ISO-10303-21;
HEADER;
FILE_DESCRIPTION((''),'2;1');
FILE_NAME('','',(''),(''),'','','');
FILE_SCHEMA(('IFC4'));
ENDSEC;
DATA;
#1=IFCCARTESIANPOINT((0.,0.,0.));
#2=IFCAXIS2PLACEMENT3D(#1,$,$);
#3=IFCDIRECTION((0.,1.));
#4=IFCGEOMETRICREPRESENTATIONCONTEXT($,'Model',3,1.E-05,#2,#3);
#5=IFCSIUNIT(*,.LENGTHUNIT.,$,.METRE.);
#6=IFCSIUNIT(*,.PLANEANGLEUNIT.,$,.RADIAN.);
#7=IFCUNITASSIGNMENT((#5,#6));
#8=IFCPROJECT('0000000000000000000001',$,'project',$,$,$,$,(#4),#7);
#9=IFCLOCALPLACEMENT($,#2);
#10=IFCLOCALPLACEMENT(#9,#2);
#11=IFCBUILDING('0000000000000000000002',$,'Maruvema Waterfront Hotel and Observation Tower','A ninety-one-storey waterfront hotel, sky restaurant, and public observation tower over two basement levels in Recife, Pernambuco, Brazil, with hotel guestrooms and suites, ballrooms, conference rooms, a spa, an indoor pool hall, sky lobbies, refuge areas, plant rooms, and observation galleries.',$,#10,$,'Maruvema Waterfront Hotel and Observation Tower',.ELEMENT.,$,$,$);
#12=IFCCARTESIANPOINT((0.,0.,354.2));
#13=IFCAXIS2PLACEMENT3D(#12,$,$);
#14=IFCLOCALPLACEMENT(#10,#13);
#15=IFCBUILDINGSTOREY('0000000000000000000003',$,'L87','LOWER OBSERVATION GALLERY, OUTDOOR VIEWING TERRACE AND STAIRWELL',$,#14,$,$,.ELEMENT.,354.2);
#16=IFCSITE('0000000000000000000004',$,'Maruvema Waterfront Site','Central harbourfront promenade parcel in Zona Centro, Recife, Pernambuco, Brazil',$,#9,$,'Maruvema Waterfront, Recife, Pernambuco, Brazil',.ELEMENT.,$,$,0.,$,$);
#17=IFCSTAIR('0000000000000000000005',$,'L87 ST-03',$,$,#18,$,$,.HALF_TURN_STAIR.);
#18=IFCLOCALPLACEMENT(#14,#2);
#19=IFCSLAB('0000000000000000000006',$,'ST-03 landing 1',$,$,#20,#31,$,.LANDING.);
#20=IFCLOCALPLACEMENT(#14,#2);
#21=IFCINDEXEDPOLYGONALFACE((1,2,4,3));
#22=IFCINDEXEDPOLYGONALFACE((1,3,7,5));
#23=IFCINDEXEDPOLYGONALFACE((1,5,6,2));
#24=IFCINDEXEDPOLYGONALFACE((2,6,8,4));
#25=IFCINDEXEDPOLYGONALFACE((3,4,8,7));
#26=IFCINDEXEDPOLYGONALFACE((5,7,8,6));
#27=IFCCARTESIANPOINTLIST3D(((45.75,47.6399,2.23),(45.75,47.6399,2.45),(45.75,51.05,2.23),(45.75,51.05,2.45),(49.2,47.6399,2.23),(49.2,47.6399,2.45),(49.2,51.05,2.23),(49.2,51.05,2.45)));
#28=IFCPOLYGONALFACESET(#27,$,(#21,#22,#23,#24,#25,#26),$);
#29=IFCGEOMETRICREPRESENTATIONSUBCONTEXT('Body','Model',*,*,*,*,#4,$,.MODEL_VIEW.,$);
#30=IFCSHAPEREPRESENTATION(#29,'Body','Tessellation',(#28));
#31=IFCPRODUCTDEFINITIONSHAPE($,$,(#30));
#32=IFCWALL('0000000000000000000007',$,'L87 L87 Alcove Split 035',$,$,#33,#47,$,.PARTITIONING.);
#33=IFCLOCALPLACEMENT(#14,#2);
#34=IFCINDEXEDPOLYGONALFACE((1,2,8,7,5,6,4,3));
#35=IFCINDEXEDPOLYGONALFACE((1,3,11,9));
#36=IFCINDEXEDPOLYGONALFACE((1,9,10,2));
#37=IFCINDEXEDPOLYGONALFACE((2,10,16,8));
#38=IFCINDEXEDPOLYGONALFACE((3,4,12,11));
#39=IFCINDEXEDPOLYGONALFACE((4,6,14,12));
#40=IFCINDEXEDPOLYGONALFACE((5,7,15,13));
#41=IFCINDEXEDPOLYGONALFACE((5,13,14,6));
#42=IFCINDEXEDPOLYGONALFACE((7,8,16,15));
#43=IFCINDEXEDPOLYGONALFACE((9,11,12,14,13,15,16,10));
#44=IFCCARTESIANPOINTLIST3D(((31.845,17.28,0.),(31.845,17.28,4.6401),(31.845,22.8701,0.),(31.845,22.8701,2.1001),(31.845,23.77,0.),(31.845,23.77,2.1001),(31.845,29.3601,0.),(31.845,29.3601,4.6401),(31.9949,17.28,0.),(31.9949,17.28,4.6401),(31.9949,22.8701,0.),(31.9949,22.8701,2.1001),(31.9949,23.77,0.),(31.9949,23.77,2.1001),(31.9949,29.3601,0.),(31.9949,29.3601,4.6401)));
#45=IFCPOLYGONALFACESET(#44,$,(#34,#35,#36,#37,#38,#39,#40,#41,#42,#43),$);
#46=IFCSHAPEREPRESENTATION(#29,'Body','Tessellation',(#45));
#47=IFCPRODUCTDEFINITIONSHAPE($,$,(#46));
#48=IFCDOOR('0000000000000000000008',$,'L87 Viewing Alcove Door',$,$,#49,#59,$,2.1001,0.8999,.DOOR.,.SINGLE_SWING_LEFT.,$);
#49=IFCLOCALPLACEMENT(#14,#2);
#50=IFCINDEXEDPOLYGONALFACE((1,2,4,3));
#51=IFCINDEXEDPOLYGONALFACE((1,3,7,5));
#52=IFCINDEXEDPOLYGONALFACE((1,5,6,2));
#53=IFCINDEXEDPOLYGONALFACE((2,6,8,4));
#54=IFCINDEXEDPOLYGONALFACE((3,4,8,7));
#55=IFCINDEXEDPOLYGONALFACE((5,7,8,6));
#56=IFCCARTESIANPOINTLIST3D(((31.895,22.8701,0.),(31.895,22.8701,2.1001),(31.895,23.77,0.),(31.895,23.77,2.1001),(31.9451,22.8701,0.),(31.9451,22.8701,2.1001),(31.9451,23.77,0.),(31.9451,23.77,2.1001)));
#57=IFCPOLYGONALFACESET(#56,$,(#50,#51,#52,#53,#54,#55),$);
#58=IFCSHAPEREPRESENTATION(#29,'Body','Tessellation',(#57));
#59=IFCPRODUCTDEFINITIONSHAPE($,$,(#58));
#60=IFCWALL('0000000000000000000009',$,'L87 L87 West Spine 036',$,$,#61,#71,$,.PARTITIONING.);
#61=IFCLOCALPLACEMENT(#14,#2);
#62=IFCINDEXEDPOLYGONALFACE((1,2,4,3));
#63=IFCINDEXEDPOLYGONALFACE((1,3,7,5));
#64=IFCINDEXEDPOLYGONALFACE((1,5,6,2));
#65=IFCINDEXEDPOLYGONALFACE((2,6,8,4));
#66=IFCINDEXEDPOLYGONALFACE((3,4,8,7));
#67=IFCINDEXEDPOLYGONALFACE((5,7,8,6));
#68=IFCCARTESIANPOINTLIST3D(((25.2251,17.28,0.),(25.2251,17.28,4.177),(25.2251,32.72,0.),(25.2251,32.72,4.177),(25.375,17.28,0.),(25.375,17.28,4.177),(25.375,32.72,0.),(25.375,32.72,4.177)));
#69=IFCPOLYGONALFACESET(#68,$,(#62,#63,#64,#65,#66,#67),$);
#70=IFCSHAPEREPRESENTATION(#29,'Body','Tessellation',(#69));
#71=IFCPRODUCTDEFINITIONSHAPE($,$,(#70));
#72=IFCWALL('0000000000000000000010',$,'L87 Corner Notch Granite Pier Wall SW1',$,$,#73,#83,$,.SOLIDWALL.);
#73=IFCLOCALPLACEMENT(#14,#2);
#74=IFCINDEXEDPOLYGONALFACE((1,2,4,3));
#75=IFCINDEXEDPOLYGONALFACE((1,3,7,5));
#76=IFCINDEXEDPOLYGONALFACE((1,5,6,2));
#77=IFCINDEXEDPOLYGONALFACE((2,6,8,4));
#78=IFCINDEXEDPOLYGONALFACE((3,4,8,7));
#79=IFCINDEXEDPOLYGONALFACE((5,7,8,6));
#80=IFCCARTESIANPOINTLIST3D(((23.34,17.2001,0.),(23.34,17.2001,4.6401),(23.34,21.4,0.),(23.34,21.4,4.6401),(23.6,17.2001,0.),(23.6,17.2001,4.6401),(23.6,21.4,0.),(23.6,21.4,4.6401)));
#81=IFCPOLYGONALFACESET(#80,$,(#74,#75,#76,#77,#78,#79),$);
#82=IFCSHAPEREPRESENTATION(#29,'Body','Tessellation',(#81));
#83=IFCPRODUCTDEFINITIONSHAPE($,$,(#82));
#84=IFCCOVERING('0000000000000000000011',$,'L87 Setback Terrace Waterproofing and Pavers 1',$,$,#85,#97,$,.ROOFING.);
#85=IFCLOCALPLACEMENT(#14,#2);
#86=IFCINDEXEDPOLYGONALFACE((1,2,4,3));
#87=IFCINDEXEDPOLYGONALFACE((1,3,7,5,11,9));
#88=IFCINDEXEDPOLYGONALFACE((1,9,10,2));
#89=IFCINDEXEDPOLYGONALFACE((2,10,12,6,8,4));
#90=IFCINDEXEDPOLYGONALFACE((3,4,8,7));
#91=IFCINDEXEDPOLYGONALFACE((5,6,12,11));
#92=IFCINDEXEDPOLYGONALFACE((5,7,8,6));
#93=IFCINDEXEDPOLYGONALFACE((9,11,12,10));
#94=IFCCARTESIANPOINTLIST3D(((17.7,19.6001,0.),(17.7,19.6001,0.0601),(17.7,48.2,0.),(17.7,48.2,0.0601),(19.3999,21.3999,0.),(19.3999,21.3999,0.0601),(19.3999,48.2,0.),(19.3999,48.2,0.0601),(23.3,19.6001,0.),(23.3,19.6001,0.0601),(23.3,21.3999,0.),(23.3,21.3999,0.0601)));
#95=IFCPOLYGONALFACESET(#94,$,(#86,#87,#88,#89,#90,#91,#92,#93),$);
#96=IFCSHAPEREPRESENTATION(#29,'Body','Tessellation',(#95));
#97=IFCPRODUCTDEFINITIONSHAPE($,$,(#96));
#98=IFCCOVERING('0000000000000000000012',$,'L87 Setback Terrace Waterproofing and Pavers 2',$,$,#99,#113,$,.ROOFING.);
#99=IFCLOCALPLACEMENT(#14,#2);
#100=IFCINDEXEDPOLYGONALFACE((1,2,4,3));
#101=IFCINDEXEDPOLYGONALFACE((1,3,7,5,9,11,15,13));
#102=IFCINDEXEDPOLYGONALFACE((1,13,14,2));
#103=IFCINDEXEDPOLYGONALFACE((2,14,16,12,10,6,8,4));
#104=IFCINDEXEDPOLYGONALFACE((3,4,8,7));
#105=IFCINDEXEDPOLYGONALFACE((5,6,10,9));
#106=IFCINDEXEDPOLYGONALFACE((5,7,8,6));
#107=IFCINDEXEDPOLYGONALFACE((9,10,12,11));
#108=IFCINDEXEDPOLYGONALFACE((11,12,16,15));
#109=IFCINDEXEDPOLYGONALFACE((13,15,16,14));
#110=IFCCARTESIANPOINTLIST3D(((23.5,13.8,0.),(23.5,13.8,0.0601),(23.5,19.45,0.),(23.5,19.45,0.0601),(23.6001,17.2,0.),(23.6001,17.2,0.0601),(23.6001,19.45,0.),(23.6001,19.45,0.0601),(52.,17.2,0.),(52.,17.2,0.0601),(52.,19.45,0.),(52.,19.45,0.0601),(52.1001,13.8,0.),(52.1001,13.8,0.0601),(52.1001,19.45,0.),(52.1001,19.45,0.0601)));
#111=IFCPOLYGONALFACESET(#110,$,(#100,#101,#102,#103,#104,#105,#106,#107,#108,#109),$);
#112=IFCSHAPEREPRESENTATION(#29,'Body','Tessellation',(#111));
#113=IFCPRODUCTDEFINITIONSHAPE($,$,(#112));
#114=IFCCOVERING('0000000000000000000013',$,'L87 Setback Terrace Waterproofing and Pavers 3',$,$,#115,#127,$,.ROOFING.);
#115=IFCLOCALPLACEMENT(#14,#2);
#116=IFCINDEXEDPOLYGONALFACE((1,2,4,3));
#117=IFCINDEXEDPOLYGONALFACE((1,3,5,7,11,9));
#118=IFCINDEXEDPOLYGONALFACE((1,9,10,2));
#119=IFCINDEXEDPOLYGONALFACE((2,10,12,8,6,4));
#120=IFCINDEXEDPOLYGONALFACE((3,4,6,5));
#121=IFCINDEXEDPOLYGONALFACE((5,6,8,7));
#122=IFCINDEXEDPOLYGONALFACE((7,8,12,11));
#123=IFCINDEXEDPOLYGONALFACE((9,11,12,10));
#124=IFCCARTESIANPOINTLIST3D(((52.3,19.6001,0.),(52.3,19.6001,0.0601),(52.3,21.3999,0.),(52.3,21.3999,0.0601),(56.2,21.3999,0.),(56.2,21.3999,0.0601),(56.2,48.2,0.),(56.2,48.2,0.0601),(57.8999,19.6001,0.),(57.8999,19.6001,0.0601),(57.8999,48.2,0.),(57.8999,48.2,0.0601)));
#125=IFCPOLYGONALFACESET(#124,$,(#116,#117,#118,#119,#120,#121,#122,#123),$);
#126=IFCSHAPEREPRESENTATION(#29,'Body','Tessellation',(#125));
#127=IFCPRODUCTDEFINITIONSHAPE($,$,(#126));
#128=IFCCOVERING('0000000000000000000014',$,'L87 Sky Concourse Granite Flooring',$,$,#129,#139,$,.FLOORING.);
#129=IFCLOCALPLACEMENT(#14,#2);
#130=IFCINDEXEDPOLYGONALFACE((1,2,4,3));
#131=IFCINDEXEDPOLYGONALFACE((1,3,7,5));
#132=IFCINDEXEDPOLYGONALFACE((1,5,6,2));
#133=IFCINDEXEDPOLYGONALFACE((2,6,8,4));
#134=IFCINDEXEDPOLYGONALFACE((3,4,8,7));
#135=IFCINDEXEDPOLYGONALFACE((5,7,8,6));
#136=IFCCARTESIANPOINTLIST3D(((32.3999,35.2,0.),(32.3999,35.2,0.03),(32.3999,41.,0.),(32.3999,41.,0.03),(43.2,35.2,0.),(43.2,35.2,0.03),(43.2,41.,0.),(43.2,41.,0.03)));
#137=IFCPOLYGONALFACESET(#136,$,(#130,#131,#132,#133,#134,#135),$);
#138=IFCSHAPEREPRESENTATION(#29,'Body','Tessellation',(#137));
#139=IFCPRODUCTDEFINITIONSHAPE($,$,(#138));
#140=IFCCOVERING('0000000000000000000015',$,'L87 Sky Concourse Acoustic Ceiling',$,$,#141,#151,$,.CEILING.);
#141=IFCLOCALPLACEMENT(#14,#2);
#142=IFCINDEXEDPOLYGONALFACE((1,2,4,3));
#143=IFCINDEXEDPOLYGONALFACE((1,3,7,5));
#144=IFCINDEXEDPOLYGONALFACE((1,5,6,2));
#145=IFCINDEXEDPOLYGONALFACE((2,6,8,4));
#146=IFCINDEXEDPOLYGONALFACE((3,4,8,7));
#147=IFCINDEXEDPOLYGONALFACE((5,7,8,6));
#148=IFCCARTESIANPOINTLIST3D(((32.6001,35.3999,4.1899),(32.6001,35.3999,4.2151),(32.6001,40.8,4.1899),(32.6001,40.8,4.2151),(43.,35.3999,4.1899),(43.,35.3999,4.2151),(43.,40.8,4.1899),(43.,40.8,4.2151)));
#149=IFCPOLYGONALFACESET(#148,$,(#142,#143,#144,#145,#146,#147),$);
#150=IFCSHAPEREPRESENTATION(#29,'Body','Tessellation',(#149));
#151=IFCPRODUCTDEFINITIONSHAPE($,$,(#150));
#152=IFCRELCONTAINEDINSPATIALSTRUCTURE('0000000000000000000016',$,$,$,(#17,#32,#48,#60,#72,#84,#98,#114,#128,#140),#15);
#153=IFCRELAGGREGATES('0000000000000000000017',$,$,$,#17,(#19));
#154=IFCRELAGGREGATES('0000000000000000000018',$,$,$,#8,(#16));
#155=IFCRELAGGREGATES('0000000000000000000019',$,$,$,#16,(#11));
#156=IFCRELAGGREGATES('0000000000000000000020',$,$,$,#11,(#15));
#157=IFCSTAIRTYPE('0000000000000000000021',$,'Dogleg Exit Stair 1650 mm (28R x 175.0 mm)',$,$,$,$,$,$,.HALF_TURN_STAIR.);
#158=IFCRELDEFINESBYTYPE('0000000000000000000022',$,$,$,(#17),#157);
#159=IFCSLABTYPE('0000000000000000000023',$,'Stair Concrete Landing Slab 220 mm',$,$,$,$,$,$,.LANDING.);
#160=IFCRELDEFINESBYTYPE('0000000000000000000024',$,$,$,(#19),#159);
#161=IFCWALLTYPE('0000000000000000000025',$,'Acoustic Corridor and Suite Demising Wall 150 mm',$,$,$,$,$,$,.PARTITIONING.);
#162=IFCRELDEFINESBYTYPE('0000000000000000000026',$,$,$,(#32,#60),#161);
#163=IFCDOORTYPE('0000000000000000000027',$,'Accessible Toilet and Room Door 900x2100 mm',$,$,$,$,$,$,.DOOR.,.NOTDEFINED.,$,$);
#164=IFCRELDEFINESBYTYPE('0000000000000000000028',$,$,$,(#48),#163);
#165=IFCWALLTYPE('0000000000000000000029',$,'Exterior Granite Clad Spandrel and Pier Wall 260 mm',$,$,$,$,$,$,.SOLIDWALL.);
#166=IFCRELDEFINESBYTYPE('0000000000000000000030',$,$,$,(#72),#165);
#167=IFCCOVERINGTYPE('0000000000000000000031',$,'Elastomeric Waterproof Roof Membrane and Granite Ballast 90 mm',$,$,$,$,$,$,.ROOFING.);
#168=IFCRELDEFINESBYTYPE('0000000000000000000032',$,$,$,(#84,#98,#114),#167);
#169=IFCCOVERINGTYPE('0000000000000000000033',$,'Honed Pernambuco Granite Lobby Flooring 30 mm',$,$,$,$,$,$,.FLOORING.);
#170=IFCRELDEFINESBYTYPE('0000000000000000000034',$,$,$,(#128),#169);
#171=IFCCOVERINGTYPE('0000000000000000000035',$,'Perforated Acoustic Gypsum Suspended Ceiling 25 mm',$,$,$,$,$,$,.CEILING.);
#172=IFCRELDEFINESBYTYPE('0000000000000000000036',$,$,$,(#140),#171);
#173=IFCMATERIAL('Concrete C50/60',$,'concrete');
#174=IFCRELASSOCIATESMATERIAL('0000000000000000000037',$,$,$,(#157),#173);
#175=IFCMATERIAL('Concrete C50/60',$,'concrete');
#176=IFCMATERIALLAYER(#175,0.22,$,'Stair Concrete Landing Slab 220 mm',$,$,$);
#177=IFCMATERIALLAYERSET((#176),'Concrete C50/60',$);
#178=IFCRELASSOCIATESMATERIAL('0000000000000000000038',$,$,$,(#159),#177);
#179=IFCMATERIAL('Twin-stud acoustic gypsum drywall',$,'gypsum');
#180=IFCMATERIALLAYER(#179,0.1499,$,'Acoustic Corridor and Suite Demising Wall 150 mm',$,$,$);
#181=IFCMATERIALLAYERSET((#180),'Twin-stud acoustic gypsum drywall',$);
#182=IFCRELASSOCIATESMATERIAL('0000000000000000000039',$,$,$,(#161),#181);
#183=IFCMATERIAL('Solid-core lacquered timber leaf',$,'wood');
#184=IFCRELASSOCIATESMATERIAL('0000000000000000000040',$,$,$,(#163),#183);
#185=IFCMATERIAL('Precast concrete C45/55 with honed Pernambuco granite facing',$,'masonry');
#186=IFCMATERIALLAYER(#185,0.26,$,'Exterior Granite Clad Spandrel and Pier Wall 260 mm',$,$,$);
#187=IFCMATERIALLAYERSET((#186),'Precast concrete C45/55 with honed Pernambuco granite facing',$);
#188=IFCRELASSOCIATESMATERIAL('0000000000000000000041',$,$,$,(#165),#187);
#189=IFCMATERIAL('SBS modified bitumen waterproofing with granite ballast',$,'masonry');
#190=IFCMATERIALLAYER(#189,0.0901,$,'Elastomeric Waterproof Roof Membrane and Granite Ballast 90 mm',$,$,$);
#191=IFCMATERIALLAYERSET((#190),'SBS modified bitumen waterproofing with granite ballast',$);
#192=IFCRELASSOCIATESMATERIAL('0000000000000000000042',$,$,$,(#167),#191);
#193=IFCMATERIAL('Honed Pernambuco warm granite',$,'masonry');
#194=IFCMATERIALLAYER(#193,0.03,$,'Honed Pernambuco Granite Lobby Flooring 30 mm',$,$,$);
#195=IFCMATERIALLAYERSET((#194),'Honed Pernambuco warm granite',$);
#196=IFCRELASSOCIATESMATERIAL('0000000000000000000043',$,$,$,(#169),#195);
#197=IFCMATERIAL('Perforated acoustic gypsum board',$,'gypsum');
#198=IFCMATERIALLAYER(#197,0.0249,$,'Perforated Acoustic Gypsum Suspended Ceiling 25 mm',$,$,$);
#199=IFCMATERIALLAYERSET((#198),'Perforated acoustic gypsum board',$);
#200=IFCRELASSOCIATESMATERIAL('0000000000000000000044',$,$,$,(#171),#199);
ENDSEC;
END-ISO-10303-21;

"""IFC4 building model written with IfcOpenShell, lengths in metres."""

from ifc_helpers import new_model, si_unit, direction, frame, frame_2d, origin, place, context, subcontext, project, spatial, polyline, rectangle, outline, extrude, material, layer, layer_set, type_object, element, fill, aggregate, save


model = new_model("IFC4")

# Units and contexts
model_context = context("Model", 3, precision=1e-05, world=origin(), true_north=direction((0.0, 1.0)))
body_context = subcontext(model_context, "Body", "Model", "MODEL_VIEW")
ifc_project = project(units=[si_unit("LENGTHUNIT", "METRE"), si_unit("PLANEANGLEUNIT", "RADIAN")], contexts=[model_context])

# Site, building, storey
site_placement = place(None, origin())
site = spatial("IfcSite", under=ifc_project, at=site_placement, Name="Maruvema Waterfront Site", Description="Central harbourfront promenade parcel in Zona Centro, Recife, Pernambuco, Brazil", LongName="Maruvema Waterfront, Recife, Pernambuco, Brazil", CompositionType="ELEMENT", RefElevation=0.0)
building_placement = place(site_placement, origin())
building = spatial("IfcBuilding", under=site, at=building_placement, Name="Maruvema Waterfront Hotel and Observation Tower", Description="A ninety-one-storey waterfront hotel, sky restaurant, and public observation tower over two basement levels in Recife, Pernambuco, Brazil, with hotel guestrooms and suites, ballrooms, conference rooms, a spa, an indoor pool hall, sky lobbies, refuge areas, plant rooms, and observation galleries.", LongName="Maruvema Waterfront Hotel and Observation Tower", CompositionType="ELEMENT")
storey_placement = place(building_placement, frame((0.0, 0.0, 354.2)))
storey = spatial("IfcBuildingStorey", under=building, at=storey_placement, Name="L87", Description="LOWER OBSERVATION GALLERY, OUTDOOR VIEWING TERRACE AND STAIRWELL", CompositionType="ELEMENT", Elevation=354.2)

# Stair, slab
ifc_material_1 = material(Name="Concrete C50/60", Category="concrete")
stair_type = type_object("IfcStairType", Name="Dogleg Exit Stair 1650 mm (28R x 175.0 mm)", PredefinedType="HALF_TURN_STAIR", material=ifc_material_1)
ifc_material_2 = material(Name="Concrete C50/60", Category="concrete")
ifc_layer_1 = layer(ifc_material_2, 0.22, Name="Stair Concrete Landing Slab 220 mm")
ifc_layer_set_1 = layer_set([ifc_layer_1], Name="Concrete C50/60")
slab_type_1 = type_object("IfcSlabType", Name="Stair Concrete Landing Slab 220 mm", PredefinedType="LANDING", material=ifc_layer_set_1)
stair_1_placement = place(storey_placement, origin())
stair_1 = element("IfcStair", 1, at=stair_1_placement, inside=storey, type_object=stair_type, Name="L87 ST-03", PredefinedType="HALF_TURN_STAIR")
slab_1_placement = place(storey_placement, frame((0.0, 0.0, 2.23)))
slab_1 = element("IfcSlab", 2, at=slab_1_placement, type_object=slab_type_1, Name="ST-03 landing 1", PredefinedType="LANDING", context=body_context, shape_type="SweptSolid", body=[
    extrude(outline(polyline([(49.2, 47.6399), (49.2, 51.05), (45.75, 51.05), (45.75, 47.6399), (49.2, 47.6399)])), origin(), (0.0, 0.0, 1.0), 0.22),
])
aggregate(stair_1, [slab_1])

# Wall, opening, door
ifc_material_3 = material(Name="Twin-stud acoustic gypsum drywall", Category="gypsum")
ifc_layer_2 = layer(ifc_material_3, 0.1499, Name="Acoustic Corridor and Suite Demising Wall 150 mm")
ifc_layer_set_2 = layer_set([ifc_layer_2], Name="Twin-stud acoustic gypsum drywall")
wall_type_1 = type_object("IfcWallType", Name="Acoustic Corridor and Suite Demising Wall 150 mm", PredefinedType="PARTITIONING", material=ifc_layer_set_2)
wall_1_placement = place(storey_placement, frame((31.9199, 17.28, 0.0), z_axis=(0.0, 0.0, 1.0), x_axis=(0.0, 1.0, 0.0)))
wall_1 = element("IfcWall", 3, at=wall_1_placement, inside=storey, type_object=wall_type_1, Name="L87 L87 Alcove Split 035", PredefinedType="PARTITIONING", context=body_context, shape_type="SweptSolid", body=[
    extrude(rectangle(XDim=12.0801, YDim=0.1499, at=frame_2d((6.04, 0.0))), origin(), (0.0, 0.0, 1.0), 4.6401),
])
opening_placement = place(wall_1_placement, frame((5.5901, 0.0, 0.0)))
opening = element("IfcOpeningElement", 4, at=opening_placement, cuts=wall_1, PredefinedType="OPENING", context=body_context, shape_type="SweptSolid", body=[
    extrude(rectangle(XDim=0.8999, YDim=2.1001, at=frame_2d((0.45, 1.05))), frame((0.0, 0.085, 0.0), z_axis=(0.0, -1.0, 0.0), x_axis=(1.0, 0.0, 0.0)), (0.0, 0.0, 1.0), 0.1699),
])
ifc_material_4 = material(Name="Solid-core lacquered timber leaf", Category="wood")
door_type = type_object("IfcDoorType", Name="Accessible Toilet and Room Door 900x2100 mm", OperationType="NOTDEFINED", PredefinedType="DOOR", material=ifc_material_4)
door_placement = place(opening_placement, origin())
door = element("IfcDoor", 5, at=door_placement, inside=storey, type_object=door_type, Name="L87 Viewing Alcove Door", OperationType="SINGLE_SWING_LEFT", OverallHeight=2.1001, OverallWidth=0.8999, PredefinedType="DOOR", context=body_context, shape_type="SweptSolid", body=[
    extrude(rectangle(XDim=0.8999, YDim=2.1001, at=frame_2d((0.45, 1.05))), frame((0.0, 0.0249, 0.0), z_axis=(0.0, -1.0, 0.0), x_axis=(1.0, 0.0, 0.0)), (0.0, 0.0, 1.0), 0.05),
])
fill(opening, door)

# Walls
wall_2_placement = place(storey_placement, frame((25.3, 17.28, 0.0), z_axis=(0.0, 0.0, 1.0), x_axis=(0.0, 1.0, 0.0)))
element("IfcWall", 6, at=wall_2_placement, inside=storey, type_object=wall_type_1, Name="L87 L87 West Spine 036", PredefinedType="PARTITIONING", context=body_context, shape_type="SweptSolid", body=[
    extrude(rectangle(XDim=15.4399, YDim=0.1499, at=frame_2d((7.72, 0.0))), origin(), (0.0, 0.0, 1.0), 4.177),
])
ifc_material_5 = material(Name="Precast concrete C45/55 with honed Pernambuco granite facing", Category="masonry")
ifc_layer_3 = layer(ifc_material_5, 0.26, Name="Exterior Granite Clad Spandrel and Pier Wall 260 mm")
ifc_layer_set_3 = layer_set([ifc_layer_3], Name="Precast concrete C45/55 with honed Pernambuco granite facing")
wall_type_2 = type_object("IfcWallType", Name="Exterior Granite Clad Spandrel and Pier Wall 260 mm", PredefinedType="SOLIDWALL", material=ifc_layer_set_3)
wall_3_placement = place(storey_placement, frame((23.47, 17.2, 0.0), z_axis=(0.0, 0.0, 1.0), x_axis=(0.0, 1.0, 0.0)))
element("IfcWall", 7, at=wall_3_placement, inside=storey, type_object=wall_type_2, Name="L87 Corner Notch Granite Pier Wall SW1", PredefinedType="SOLIDWALL", context=body_context, shape_type="SweptSolid", body=[
    extrude(rectangle(XDim=4.2, YDim=0.26, at=frame_2d((2.1001, 0.0))), origin(), (0.0, 0.0, 1.0), 4.6401),
])

# Coverings
ifc_material_6 = material(Name="SBS modified bitumen waterproofing with granite ballast", Category="masonry")
ifc_layer_4 = layer(ifc_material_6, 0.0901, Name="Elastomeric Waterproof Roof Membrane and Granite Ballast 90 mm")
ifc_layer_set_4 = layer_set([ifc_layer_4], Name="SBS modified bitumen waterproofing with granite ballast")
covering_type_1 = type_object("IfcCoveringType", Name="Elastomeric Waterproof Roof Membrane and Granite Ballast 90 mm", PredefinedType="ROOFING", material=ifc_layer_set_4)
covering_1_placement = place(storey_placement, origin())
element("IfcCovering", 8, at=covering_1_placement, inside=storey, type_object=covering_type_1, Name="L87 Setback Terrace Waterproofing and Pavers 1", PredefinedType="ROOFING", context=body_context, shape_type="SweptSolid", body=[
    extrude(outline(polyline([(17.7, 48.2), (19.3999, 48.2), (19.3999, 21.3999), (23.3, 21.3999), (23.3, 19.6001), (17.7, 19.6001), (17.7, 48.2)])), origin(), (0.0, 0.0, 1.0), 0.0601),
])
covering_2_placement = place(storey_placement, origin())
element("IfcCovering", 9, at=covering_2_placement, inside=storey, type_object=covering_type_1, Name="L87 Setback Terrace Waterproofing and Pavers 2", PredefinedType="ROOFING", context=body_context, shape_type="SweptSolid", body=[
    extrude(outline(polyline([(52.1001, 13.8), (23.5, 13.8), (23.5, 19.45), (23.6001, 19.45), (23.6001, 17.2), (52.0, 17.2), (52.0, 19.45), (52.1001, 19.45), (52.1001, 13.8)])), origin(), (0.0, 0.0, 1.0), 0.0601),
])
covering_3_placement = place(storey_placement, origin())
element("IfcCovering", 10, at=covering_3_placement, inside=storey, type_object=covering_type_1, Name="L87 Setback Terrace Waterproofing and Pavers 3", PredefinedType="ROOFING", context=body_context, shape_type="SweptSolid", body=[
    extrude(outline(polyline([(52.3, 19.6001), (52.3, 21.3999), (56.2, 21.3999), (56.2, 48.2), (57.8999, 48.2), (57.8999, 19.6001), (52.3, 19.6001)])), origin(), (0.0, 0.0, 1.0), 0.0601),
])
ifc_material_7 = material(Name="Honed Pernambuco warm granite", Category="masonry")
ifc_layer_5 = layer(ifc_material_7, 0.03, Name="Honed Pernambuco Granite Lobby Flooring 30 mm")
ifc_layer_set_5 = layer_set([ifc_layer_5], Name="Honed Pernambuco warm granite")
covering_type_2 = type_object("IfcCoveringType", Name="Honed Pernambuco Granite Lobby Flooring 30 mm", PredefinedType="FLOORING", material=ifc_layer_set_5)
covering_4_placement = place(storey_placement, origin())
element("IfcCovering", 11, at=covering_4_placement, inside=storey, type_object=covering_type_2, Name="L87 Sky Concourse Granite Flooring", PredefinedType="FLOORING", context=body_context, shape_type="SweptSolid", body=[
    extrude(outline(polyline([(32.3999, 35.2), (43.2, 35.2), (43.2, 41.0), (32.3999, 41.0), (32.3999, 35.2)])), origin(), (0.0, 0.0, 1.0), 0.03),
])
ifc_material_8 = material(Name="Perforated acoustic gypsum board", Category="gypsum")
ifc_layer_6 = layer(ifc_material_8, 0.0249, Name="Perforated Acoustic Gypsum Suspended Ceiling 25 mm")
ifc_layer_set_6 = layer_set([ifc_layer_6], Name="Perforated acoustic gypsum board")
covering_type_3 = type_object("IfcCoveringType", Name="Perforated Acoustic Gypsum Suspended Ceiling 25 mm", PredefinedType="CEILING", material=ifc_layer_set_6)
covering_5_placement = place(storey_placement, frame((0.0, 0.0, 4.1899)))
element("IfcCovering", 12, at=covering_5_placement, inside=storey, type_object=covering_type_3, Name="L87 Sky Concourse Acoustic Ceiling", PredefinedType="CEILING", context=body_context, shape_type="SweptSolid", body=[
    extrude(outline(polyline([(32.6001, 35.3999), (43.0, 35.3999), (43.0, 40.8), (32.6001, 40.8), (32.6001, 35.3999)])), origin(), (0.0, 0.0, 1.0), 0.0251),
])

save(model, "model.ifc")
